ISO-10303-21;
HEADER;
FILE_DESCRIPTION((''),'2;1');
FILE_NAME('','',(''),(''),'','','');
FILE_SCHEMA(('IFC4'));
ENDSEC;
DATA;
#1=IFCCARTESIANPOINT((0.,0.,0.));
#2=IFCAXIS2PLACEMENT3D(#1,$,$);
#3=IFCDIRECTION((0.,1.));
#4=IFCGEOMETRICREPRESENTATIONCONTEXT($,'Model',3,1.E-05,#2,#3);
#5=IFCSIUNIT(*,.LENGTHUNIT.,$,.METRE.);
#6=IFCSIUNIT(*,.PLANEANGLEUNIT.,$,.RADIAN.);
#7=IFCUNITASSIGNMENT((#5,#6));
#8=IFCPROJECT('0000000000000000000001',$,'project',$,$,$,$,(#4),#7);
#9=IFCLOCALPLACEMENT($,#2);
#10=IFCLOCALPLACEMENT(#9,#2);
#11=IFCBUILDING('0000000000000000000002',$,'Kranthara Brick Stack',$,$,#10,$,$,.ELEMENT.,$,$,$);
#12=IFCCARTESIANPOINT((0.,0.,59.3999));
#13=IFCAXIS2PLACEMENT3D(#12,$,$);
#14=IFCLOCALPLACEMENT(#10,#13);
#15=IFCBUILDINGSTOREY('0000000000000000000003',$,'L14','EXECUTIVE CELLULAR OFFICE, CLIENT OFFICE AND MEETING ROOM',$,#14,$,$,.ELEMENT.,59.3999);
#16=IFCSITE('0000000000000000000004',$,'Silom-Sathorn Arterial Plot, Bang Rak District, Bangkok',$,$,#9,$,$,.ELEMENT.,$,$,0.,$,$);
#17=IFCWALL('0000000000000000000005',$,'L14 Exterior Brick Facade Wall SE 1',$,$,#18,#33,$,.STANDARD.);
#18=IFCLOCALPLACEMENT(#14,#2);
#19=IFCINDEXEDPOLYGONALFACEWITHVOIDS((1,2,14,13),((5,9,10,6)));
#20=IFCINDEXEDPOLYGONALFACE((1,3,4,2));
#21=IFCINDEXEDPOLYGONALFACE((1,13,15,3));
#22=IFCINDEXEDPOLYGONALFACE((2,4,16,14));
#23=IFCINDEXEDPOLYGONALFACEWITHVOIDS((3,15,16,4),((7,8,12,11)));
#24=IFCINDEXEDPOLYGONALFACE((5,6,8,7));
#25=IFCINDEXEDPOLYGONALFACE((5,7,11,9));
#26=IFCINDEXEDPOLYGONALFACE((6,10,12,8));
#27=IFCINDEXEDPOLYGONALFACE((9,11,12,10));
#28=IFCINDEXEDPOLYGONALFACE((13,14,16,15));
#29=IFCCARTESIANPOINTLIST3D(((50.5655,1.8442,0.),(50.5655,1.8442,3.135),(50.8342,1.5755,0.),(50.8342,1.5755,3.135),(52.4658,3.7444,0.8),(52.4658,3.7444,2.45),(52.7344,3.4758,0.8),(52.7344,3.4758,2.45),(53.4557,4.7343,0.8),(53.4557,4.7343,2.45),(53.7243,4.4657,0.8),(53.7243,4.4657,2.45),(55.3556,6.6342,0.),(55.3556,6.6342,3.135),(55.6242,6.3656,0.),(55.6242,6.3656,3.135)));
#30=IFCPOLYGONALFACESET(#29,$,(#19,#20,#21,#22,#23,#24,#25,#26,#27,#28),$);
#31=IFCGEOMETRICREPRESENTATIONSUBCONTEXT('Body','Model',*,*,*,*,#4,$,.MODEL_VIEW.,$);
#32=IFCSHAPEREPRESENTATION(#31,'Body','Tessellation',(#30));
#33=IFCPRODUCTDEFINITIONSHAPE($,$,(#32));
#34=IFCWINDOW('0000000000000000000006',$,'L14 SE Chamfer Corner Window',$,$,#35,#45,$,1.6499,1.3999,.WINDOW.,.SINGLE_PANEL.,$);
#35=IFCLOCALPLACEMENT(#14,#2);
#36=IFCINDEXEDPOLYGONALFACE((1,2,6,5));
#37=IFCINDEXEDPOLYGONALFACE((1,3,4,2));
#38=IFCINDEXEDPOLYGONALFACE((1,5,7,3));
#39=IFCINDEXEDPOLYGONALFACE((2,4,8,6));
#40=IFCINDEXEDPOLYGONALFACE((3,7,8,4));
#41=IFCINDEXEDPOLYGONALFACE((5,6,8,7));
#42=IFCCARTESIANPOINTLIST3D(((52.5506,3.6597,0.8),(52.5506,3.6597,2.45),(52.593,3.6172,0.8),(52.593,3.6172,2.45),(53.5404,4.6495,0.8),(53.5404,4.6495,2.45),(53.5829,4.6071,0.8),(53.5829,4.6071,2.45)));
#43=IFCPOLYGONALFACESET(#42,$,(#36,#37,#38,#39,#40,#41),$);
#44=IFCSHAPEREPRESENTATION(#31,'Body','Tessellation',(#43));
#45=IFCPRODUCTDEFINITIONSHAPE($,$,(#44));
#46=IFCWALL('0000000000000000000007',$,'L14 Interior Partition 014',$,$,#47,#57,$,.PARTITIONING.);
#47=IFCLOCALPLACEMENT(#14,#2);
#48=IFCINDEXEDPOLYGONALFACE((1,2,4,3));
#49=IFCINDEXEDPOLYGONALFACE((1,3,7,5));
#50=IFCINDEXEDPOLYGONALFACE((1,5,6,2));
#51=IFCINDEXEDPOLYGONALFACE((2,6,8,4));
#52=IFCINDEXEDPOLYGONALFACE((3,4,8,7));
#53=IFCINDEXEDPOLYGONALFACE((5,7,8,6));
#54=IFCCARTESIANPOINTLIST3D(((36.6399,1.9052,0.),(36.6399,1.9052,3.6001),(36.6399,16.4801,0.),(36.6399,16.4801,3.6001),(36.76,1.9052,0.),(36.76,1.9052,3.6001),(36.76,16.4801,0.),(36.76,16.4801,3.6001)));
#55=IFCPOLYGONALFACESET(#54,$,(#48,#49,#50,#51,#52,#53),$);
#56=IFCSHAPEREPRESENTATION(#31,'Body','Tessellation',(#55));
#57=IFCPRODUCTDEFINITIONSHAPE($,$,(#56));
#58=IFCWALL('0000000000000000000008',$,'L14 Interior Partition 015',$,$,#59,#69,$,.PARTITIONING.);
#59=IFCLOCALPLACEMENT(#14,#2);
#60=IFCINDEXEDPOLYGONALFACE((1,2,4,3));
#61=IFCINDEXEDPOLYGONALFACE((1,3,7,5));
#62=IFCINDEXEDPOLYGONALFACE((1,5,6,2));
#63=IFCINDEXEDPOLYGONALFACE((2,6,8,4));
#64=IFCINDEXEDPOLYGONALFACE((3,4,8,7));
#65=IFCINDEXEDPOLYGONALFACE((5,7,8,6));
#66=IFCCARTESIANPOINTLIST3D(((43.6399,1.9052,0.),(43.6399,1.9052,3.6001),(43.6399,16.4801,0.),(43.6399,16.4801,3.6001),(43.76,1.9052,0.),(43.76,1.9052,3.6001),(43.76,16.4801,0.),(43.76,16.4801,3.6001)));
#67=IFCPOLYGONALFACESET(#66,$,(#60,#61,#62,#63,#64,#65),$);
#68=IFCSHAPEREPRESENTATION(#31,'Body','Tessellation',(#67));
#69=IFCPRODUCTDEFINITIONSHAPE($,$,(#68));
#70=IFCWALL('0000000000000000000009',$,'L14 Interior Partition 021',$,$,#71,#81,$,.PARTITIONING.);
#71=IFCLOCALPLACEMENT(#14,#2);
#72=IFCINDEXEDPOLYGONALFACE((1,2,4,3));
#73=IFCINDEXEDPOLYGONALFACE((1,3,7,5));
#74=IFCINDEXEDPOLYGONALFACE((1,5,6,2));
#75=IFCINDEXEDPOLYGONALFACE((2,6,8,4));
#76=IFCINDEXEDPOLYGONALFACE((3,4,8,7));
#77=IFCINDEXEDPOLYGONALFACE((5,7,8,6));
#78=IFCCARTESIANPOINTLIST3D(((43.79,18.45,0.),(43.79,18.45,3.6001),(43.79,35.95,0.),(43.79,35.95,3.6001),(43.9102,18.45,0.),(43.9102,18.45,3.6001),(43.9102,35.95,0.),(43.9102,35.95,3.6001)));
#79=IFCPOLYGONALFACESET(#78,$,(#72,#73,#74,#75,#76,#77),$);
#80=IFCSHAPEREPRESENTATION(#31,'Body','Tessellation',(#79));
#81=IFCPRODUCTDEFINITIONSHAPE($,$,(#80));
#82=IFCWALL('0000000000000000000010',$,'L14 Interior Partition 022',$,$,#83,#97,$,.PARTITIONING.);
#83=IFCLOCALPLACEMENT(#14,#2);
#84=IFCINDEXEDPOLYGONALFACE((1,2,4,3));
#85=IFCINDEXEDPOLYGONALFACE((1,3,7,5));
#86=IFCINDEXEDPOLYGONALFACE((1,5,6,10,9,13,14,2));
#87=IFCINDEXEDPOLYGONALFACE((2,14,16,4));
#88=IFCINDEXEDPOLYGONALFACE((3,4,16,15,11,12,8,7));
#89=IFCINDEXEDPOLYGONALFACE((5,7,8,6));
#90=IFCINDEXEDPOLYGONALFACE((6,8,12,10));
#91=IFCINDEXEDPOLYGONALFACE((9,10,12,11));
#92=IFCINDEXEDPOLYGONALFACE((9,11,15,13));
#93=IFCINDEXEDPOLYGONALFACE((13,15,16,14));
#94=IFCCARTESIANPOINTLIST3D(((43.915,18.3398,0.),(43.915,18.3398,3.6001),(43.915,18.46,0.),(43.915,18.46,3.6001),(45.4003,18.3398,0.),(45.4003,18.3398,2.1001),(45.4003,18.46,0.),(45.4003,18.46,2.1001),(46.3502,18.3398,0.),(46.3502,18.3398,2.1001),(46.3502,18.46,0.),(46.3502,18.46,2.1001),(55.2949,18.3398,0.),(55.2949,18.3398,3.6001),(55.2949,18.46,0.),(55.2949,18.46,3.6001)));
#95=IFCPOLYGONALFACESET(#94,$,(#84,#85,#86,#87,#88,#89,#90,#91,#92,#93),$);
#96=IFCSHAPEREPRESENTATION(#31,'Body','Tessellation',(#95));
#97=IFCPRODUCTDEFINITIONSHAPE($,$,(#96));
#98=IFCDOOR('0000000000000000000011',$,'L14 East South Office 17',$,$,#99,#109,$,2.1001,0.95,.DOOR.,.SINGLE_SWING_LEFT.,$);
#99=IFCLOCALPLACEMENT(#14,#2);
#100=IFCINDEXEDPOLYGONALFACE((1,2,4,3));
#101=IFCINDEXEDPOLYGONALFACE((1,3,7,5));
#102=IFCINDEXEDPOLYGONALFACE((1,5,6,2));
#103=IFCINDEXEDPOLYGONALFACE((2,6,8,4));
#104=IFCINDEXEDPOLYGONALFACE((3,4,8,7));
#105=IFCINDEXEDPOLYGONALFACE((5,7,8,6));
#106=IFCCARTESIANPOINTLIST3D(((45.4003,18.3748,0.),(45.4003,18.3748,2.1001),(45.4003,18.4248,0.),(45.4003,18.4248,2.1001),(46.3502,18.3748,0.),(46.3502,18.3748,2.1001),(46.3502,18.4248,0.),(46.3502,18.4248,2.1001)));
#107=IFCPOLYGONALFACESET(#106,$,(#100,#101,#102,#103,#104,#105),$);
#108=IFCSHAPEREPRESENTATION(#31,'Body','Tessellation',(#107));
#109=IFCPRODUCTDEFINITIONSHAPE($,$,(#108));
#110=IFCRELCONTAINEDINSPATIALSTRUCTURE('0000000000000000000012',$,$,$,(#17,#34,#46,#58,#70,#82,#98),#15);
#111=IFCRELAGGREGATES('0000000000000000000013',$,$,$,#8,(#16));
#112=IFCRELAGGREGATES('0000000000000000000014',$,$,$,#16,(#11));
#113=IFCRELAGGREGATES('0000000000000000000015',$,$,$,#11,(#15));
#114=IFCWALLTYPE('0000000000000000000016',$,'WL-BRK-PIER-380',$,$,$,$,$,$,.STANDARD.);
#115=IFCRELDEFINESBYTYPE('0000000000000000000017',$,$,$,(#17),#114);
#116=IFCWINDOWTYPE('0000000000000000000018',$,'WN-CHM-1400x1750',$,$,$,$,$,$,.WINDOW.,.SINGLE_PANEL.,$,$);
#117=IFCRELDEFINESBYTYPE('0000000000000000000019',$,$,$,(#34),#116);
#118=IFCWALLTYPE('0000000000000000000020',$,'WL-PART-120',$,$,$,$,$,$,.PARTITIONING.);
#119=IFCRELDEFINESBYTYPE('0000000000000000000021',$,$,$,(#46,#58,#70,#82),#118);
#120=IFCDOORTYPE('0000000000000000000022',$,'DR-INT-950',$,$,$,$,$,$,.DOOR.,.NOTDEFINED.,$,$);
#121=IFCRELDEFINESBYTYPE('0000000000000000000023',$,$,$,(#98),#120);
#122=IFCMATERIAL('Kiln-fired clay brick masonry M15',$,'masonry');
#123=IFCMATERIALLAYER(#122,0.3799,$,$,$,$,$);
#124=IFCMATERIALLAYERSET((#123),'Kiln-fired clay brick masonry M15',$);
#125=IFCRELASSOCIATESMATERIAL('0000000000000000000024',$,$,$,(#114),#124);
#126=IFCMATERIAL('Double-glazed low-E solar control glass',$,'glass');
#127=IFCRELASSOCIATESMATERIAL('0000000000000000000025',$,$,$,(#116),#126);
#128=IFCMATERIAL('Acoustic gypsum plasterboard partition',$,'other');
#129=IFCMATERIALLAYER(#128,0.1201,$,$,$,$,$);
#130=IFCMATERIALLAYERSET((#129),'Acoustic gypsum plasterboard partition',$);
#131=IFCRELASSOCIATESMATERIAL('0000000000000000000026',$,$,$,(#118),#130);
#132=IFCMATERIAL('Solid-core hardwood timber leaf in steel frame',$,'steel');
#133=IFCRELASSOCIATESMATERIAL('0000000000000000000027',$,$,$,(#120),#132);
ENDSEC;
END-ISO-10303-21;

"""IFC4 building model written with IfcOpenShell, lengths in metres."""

from ifc_helpers import new_model, si_unit, direction, frame, frame_2d, origin, place, context, subcontext, project, spatial, rectangle, extrude, material, layer, layer_set, type_object, element, fill, save


model = new_model("IFC4")

# Units and contexts
model_context = context("Model", 3, precision=1e-05, world=origin(), true_north=direction((0.0, 1.0)))
body_context = subcontext(model_context, "Body", "Model", "MODEL_VIEW")
ifc_project = project(units=[si_unit("LENGTHUNIT", "METRE"), si_unit("PLANEANGLEUNIT", "RADIAN")], contexts=[model_context])

# Site, building, storey
site_placement = place(None, origin())
site = spatial("IfcSite", under=ifc_project, at=site_placement, Name="Silom-Sathorn Arterial Plot, Bang Rak District, Bangkok", CompositionType="ELEMENT", RefElevation=0.0)
building_placement = place(site_placement, origin())
building = spatial("IfcBuilding", under=site, at=building_placement, Name="Kranthara Brick Stack", CompositionType="ELEMENT")
storey_placement = place(building_placement, frame((0.0, 0.0, 59.3999)))
storey = spatial("IfcBuildingStorey", under=building, at=storey_placement, Name="L14", Description="EXECUTIVE CELLULAR OFFICE, CLIENT OFFICE AND MEETING ROOM", CompositionType="ELEMENT", Elevation=59.3999)

# Shared definitions
ifc_material_1 = material(Name="Kiln-fired clay brick masonry M15", Category="masonry")
ifc_layer_1 = layer(ifc_material_1, 0.3799)
ifc_layer_set_1 = layer_set([ifc_layer_1], Name="Kiln-fired clay brick masonry M15")
wall_type_1 = type_object("IfcWallType", Name="WL-BRK-PIER-380", PredefinedType="STANDARD", material=ifc_layer_set_1)

# Wall, opening, window
wall_1_placement = place(storey_placement, frame((55.49, 6.5, 0.0), z_axis=(0.0, 0.0, 1.0), x_axis=(-0.707107, -0.707107, 0.0)))
wall_1 = element("IfcWall", 1, at=wall_1_placement, inside=storey, type_object=wall_type_1, Name="L14 Exterior Brick Facade Wall SE 1", PredefinedType="STANDARD", context=body_context, shape_type="SweptSolid", body=[
    extrude(rectangle(XDim=6.7742, YDim=0.3799, at=frame_2d((3.3872, 0.0))), origin(), (0.0, 0.0, 1.0), 3.135),
])
opening_1_placement = place(wall_1_placement, frame((2.687, 0.0, 0.8)))
opening_1 = element("IfcOpeningElement", 2, at=opening_1_placement, cuts=wall_1, PredefinedType="OPENING", context=body_context, shape_type="SweptSolid", body=[
    extrude(rectangle(XDim=1.3999, YDim=1.6499, at=frame_2d((0.7, 0.825))), frame((0.0, 0.2, 0.0), z_axis=(0.0, -1.0, 0.0), x_axis=(1.0, 0.0, 0.0)), (0.0, 0.0, 1.0), 0.3999),
])
ifc_material_2 = material(Name="Double-glazed low-E solar control glass", Category="glass")
window_type_1 = type_object("IfcWindowType", Name="WN-CHM-1400x1750", PartitioningType="SINGLE_PANEL", PredefinedType="WINDOW", material=ifc_material_2)
window_1_placement = place(opening_1_placement, origin())
window_1 = element("IfcWindow", 3, at=window_1_placement, inside=storey, type_object=window_type_1, Name="L14 SE Chamfer Corner Window", OverallHeight=1.6499, OverallWidth=1.3999, PartitioningType="SINGLE_PANEL", PredefinedType="WINDOW", context=body_context, shape_type="SweptSolid", body=[
    extrude(rectangle(XDim=1.3999, YDim=1.6499, at=frame_2d((0.7, 0.825))), frame((0.0, -0.01, 0.0), z_axis=(0.0, -1.0, 0.0), x_axis=(1.0, 0.0, 0.0)), (0.0, 0.0, 1.0), 0.0601),
])
fill(opening_1, window_1)

# Walls
ifc_material_3 = material(Name="Acoustic gypsum plasterboard partition", Category="other")
ifc_layer_2 = layer(ifc_material_3, 0.1201)
ifc_layer_set_2 = layer_set([ifc_layer_2], Name="Acoustic gypsum plasterboard partition")
wall_type_2 = type_object("IfcWallType", Name="WL-PART-120", PredefinedType="PARTITIONING", material=ifc_layer_set_2)
for number, where, z_axis, x_axis, name in (
    (4, (36.7, 1.905, 0.0), (0.0, 0.0, 1.0), (0.0, 1.0, 0.0), "L14 Interior Partition 014"),
    (5, (43.7, 1.905, 0.0), (0.0, 0.0, 1.0), (0.0, 1.0, 0.0), "L14 Interior Partition 015"),
):
    element("IfcWall", number, at=place(storey_placement, frame(where, z_axis=z_axis, x_axis=x_axis)), inside=storey, type_object=wall_type_2, Name=name, PredefinedType="PARTITIONING", context=body_context, shape_type="SweptSolid", body=[
        extrude(rectangle(XDim=14.575, YDim=0.1201, at=frame_2d((7.2876, 0.0))), origin(), (0.0, 0.0, 1.0), 3.6001),
    ])
wall_2_placement = place(storey_placement, frame((43.8501, 18.45, 0.0), z_axis=(0.0, 0.0, 1.0), x_axis=(0.0, 1.0, 0.0)))
element("IfcWall", 6, at=wall_2_placement, inside=storey, type_object=wall_type_2, Name="L14 Interior Partition 021", PredefinedType="PARTITIONING", context=body_context, shape_type="SweptSolid", body=[
    extrude(rectangle(XDim=17.5, YDim=0.1201, at=frame_2d((8.75, 0.0))), origin(), (0.0, 0.0, 1.0), 3.6001),
])

# Wall, opening, door
wall_3_placement = place(storey_placement, frame((43.915, 18.3999, 0.0), z_axis=(0.0, 0.0, 1.0), x_axis=(1.0, 0.0, 0.0)))
wall_3 = element("IfcWall", 7, at=wall_3_placement, inside=storey, type_object=wall_type_2, Name="L14 Interior Partition 022", PredefinedType="PARTITIONING", context=body_context, shape_type="SweptSolid", body=[
    extrude(rectangle(XDim=11.3799, YDim=0.1201, at=frame_2d((5.6899, 0.0))), origin(), (0.0, 0.0, 1.0), 3.6001),
])
opening_2_placement = place(wall_3_placement, frame((1.4851, 0.0, 0.0)))
opening_2 = element("IfcOpeningElement", 8, at=opening_2_placement, cuts=wall_3, PredefinedType="OPENING", context=body_context, shape_type="SweptSolid", body=[
    extrude(rectangle(XDim=0.95, YDim=2.1001, at=frame_2d((0.4751, 1.05))), frame((0.0, 0.0701, 0.0), z_axis=(0.0, -1.0, 0.0), x_axis=(1.0, 0.0, 0.0)), (0.0, 0.0, 1.0), 0.1401),
])
ifc_material_4 = material(Name="Solid-core hardwood timber leaf in steel frame", Category="steel")
door_type_1 = type_object("IfcDoorType", Name="DR-INT-950", OperationType="NOTDEFINED", PredefinedType="DOOR", material=ifc_material_4)
door_1_placement = place(opening_2_placement, origin())
door_1 = element("IfcDoor", 9, at=door_1_placement, inside=storey, type_object=door_type_1, Name="L14 East South Office 17", OperationType="SINGLE_SWING_LEFT", OverallHeight=2.1001, OverallWidth=0.95, PredefinedType="DOOR", context=body_context, shape_type="SweptSolid", body=[
    extrude(rectangle(XDim=0.95, YDim=2.1001, at=frame_2d((0.4751, 1.05))), frame((0.0, 0.0249, 0.0), z_axis=(0.0, -1.0, 0.0), x_axis=(1.0, 0.0, 0.0)), (0.0, 0.0, 1.0), 0.05),
])
fill(opening_2, door_1)

save(model, "model.ifc")
